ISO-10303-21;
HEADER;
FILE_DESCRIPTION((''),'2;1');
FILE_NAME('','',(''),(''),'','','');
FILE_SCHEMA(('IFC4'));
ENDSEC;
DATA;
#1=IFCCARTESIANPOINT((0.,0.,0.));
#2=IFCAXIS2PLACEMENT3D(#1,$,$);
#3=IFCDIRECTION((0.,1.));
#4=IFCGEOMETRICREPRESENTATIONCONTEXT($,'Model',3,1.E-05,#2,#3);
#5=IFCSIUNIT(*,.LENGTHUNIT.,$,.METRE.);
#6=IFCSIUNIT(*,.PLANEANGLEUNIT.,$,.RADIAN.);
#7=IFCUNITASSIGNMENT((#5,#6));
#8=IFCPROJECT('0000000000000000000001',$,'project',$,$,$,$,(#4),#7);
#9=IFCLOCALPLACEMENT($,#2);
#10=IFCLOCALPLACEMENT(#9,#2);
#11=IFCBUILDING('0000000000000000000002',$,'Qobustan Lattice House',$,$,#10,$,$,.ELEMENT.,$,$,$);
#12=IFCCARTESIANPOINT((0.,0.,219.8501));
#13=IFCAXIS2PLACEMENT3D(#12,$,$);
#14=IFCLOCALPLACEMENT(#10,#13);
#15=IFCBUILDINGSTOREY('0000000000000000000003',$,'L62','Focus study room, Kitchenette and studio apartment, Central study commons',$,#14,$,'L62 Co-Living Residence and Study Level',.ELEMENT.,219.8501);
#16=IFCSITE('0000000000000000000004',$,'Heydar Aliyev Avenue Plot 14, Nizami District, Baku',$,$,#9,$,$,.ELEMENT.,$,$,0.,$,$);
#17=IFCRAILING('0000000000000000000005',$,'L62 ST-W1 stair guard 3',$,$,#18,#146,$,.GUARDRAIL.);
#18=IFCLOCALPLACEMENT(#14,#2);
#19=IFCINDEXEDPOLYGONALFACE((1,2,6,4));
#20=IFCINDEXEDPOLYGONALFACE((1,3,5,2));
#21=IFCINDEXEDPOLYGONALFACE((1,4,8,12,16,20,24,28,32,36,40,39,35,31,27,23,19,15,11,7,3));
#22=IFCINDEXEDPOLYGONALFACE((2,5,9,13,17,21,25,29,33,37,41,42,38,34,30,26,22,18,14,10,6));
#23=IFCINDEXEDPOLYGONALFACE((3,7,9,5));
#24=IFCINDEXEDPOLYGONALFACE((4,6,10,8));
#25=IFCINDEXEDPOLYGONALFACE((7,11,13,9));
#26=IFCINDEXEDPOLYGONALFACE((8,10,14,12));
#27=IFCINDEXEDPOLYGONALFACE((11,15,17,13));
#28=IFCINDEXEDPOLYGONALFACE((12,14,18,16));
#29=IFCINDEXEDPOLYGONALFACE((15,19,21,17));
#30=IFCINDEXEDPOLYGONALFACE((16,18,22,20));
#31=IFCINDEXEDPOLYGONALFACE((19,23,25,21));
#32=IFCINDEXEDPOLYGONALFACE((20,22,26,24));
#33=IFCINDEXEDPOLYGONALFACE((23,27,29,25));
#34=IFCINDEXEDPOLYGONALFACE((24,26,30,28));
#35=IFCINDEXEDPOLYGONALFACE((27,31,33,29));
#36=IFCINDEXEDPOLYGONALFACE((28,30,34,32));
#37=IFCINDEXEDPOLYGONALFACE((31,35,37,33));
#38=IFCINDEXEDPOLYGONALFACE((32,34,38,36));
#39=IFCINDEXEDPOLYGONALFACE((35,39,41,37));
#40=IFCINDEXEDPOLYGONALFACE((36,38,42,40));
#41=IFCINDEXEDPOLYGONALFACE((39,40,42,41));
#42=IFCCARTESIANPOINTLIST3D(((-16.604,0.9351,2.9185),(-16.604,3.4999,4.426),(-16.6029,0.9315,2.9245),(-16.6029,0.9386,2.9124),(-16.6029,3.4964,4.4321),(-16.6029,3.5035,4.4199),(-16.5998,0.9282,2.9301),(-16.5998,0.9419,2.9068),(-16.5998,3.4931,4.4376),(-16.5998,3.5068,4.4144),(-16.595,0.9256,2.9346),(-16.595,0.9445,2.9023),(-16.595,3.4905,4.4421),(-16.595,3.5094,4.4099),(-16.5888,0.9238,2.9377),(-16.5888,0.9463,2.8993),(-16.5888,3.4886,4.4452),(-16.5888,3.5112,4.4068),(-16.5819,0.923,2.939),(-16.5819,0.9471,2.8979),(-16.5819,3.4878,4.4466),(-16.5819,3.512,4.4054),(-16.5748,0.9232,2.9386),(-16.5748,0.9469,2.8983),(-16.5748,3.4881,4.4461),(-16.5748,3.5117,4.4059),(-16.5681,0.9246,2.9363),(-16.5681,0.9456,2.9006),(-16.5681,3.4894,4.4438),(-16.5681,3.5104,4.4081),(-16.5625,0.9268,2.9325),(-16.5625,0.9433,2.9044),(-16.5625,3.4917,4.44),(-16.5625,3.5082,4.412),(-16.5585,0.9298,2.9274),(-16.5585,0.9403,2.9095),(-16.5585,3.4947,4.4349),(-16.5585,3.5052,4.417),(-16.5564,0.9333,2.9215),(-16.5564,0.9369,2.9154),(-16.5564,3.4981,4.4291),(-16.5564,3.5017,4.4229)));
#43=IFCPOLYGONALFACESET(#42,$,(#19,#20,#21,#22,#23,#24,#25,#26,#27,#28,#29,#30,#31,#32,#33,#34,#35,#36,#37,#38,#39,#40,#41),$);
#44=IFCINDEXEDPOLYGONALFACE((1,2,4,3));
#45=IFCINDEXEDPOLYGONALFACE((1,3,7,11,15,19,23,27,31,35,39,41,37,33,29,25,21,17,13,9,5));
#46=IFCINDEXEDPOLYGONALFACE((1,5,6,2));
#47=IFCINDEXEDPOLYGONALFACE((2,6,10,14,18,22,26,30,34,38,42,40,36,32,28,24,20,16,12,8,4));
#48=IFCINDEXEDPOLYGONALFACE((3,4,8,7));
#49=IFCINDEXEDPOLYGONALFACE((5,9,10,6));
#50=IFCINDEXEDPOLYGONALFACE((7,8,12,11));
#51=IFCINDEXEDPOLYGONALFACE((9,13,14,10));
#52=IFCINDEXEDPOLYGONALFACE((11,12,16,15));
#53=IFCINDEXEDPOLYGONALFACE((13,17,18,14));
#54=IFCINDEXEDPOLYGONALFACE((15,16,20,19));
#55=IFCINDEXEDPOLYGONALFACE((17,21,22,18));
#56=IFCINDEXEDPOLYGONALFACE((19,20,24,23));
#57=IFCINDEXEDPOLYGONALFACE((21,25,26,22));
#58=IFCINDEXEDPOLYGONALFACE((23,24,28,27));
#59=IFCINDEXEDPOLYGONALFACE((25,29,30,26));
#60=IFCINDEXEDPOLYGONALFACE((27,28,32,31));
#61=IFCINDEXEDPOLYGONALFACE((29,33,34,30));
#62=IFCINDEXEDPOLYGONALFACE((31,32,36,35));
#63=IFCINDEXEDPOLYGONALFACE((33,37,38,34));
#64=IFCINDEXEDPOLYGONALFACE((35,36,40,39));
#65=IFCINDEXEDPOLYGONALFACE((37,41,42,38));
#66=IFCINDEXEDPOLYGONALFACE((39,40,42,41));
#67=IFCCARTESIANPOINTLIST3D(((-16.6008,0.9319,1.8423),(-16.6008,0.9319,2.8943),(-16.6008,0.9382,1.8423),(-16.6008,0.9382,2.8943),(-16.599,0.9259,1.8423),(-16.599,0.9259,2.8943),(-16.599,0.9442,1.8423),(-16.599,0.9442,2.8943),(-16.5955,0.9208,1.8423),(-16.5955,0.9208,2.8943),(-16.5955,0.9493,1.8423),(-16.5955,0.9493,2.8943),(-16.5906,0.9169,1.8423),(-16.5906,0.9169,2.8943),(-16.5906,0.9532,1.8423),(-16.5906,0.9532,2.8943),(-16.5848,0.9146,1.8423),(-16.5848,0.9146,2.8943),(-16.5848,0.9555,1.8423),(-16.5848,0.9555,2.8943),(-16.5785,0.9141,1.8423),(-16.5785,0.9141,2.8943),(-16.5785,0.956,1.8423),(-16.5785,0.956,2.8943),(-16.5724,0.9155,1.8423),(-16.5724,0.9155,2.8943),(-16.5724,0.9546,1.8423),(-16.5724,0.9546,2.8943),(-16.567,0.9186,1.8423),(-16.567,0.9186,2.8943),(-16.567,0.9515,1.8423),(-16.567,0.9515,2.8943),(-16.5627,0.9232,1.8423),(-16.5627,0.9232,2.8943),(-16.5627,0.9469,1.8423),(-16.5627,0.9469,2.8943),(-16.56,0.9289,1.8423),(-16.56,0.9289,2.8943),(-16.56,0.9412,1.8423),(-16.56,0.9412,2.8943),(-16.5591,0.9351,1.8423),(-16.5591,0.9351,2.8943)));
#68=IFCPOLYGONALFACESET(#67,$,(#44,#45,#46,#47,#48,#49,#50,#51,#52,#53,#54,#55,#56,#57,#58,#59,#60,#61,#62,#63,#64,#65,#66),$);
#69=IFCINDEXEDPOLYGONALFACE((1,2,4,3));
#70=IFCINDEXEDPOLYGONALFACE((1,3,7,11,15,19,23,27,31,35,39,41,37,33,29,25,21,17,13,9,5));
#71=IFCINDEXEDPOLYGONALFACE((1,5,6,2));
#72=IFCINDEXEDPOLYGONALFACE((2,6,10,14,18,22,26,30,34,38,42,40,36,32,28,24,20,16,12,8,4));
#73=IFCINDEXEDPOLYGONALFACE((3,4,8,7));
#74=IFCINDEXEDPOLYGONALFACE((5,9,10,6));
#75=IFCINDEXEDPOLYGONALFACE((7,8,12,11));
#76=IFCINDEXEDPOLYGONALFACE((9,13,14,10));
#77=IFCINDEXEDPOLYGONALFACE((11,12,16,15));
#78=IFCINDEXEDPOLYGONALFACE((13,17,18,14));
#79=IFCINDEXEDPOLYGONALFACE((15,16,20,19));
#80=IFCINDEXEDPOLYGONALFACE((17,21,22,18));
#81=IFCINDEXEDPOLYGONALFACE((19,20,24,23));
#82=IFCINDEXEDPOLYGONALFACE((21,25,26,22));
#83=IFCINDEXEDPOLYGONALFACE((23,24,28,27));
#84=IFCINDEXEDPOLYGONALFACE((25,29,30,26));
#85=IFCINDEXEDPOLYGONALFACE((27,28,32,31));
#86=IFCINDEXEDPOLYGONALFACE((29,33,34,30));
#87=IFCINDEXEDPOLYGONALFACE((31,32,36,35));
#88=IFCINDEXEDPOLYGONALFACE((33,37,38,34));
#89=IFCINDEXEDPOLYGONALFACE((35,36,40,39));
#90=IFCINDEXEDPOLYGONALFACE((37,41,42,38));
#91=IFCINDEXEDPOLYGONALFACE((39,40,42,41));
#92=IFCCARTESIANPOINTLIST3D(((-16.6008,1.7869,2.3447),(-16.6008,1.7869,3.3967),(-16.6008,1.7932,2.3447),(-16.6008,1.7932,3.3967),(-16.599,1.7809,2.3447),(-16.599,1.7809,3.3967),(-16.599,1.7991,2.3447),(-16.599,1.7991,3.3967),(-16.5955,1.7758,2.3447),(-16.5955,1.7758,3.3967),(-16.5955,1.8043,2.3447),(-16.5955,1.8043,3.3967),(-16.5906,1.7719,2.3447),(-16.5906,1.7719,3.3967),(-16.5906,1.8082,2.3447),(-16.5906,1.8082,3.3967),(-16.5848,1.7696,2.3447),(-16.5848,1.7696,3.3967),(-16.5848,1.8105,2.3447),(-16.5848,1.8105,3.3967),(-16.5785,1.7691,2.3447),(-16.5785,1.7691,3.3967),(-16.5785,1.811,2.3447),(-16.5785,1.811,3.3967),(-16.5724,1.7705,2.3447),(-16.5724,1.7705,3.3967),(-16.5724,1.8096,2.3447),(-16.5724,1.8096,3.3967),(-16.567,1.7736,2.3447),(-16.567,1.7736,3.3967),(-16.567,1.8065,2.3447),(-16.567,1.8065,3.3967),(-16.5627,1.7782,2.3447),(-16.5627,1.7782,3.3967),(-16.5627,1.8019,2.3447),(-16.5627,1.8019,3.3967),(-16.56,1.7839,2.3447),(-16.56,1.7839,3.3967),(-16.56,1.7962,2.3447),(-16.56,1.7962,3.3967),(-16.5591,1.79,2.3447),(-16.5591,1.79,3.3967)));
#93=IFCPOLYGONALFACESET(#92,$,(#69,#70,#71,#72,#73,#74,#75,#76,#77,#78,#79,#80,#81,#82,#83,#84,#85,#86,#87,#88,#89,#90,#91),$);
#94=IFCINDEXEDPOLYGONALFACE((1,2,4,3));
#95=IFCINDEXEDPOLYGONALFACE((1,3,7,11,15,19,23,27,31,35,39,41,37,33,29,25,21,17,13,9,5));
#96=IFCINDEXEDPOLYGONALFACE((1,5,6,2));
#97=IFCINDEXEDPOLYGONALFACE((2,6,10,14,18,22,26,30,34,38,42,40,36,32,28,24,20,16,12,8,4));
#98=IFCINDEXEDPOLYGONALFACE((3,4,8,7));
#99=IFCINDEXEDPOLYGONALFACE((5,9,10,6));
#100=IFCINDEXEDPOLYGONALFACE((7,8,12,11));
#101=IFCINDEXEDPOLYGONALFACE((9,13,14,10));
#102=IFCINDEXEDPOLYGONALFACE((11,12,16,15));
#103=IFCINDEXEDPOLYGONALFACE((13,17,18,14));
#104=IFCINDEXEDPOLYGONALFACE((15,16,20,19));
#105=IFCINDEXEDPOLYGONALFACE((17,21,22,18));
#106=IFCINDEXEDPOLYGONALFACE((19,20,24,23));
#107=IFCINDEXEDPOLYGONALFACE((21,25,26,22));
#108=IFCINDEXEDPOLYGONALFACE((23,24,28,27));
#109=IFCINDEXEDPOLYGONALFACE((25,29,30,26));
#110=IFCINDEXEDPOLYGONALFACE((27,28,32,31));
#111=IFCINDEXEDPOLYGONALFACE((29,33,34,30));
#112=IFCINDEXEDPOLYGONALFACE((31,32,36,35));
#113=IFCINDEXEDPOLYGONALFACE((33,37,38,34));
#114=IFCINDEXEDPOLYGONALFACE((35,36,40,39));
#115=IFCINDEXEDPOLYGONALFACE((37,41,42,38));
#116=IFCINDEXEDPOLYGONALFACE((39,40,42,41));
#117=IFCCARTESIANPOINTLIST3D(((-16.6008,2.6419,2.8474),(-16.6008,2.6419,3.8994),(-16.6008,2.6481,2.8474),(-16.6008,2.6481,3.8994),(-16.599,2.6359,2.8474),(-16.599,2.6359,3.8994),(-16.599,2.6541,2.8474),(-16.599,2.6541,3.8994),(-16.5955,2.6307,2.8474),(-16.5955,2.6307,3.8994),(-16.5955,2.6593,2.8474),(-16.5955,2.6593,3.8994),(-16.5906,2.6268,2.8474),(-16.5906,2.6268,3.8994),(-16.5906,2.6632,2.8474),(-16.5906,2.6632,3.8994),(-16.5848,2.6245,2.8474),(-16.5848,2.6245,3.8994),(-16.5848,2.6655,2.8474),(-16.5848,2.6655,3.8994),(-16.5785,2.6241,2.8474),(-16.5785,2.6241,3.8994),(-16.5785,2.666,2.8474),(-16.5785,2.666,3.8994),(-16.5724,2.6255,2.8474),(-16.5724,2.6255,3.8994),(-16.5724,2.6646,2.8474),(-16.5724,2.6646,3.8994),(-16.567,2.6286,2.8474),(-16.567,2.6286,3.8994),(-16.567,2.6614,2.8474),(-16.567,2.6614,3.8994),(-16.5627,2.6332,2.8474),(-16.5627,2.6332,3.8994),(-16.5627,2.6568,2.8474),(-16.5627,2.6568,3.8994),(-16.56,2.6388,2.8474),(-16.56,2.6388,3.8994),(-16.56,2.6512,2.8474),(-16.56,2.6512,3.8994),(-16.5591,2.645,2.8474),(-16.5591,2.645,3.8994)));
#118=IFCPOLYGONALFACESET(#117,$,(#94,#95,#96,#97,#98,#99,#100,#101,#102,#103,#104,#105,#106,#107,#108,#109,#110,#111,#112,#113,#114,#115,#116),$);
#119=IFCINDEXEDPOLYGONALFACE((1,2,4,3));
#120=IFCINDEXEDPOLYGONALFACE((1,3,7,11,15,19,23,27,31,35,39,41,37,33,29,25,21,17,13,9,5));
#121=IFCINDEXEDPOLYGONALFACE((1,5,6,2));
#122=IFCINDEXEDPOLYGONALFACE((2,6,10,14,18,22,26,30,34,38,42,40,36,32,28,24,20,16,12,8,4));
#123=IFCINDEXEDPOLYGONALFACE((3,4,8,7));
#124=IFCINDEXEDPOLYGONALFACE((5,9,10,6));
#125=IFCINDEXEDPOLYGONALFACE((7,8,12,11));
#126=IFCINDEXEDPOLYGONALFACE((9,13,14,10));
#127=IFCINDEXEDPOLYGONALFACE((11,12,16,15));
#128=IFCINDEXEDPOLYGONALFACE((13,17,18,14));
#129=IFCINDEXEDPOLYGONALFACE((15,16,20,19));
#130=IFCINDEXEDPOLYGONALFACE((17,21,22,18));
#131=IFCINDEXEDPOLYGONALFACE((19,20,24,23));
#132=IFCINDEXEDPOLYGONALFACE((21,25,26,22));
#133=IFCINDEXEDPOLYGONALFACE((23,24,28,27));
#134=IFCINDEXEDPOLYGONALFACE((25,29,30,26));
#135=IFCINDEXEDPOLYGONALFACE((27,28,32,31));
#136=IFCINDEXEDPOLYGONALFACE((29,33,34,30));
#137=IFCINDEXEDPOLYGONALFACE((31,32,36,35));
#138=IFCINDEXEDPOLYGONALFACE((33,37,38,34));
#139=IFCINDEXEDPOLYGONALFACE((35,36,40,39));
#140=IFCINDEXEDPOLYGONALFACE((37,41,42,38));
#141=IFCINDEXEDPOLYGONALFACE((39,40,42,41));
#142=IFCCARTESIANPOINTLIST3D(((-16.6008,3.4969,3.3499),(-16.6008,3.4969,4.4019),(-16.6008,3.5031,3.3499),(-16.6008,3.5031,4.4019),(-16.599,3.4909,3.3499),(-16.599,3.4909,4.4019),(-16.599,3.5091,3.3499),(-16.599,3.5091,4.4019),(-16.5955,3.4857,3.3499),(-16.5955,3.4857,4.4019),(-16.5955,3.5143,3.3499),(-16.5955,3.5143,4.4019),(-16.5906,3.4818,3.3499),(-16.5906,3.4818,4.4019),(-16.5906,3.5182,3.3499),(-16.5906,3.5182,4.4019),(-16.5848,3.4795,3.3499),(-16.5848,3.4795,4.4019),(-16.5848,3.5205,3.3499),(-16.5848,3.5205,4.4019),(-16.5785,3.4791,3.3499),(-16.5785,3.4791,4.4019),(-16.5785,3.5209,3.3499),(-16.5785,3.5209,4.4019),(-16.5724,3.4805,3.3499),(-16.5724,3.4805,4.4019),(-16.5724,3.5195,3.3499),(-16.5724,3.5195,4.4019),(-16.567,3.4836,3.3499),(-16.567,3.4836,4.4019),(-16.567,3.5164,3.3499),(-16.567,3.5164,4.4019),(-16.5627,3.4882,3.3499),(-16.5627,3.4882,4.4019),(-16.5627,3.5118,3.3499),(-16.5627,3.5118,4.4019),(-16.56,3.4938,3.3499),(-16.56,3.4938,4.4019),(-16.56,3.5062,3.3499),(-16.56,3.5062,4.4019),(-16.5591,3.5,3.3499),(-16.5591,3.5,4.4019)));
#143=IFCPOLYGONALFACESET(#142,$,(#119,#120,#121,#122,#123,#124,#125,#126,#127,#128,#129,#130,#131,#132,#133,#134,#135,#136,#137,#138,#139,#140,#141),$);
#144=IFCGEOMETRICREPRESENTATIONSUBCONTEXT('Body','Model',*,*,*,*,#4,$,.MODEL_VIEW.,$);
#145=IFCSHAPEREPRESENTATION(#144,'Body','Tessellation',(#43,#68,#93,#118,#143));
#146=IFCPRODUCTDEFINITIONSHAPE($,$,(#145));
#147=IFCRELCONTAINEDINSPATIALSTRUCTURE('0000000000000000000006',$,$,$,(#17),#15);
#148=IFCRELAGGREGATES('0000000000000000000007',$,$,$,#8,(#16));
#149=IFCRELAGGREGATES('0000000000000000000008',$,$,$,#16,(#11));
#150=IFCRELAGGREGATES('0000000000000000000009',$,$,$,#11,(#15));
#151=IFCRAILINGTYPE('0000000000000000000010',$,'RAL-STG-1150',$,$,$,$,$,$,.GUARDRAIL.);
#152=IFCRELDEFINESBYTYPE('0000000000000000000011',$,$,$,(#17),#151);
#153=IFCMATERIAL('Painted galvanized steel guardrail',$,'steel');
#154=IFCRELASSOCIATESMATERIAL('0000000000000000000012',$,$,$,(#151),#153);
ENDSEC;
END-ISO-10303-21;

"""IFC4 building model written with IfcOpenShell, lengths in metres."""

from ifc_helpers import new_model, si_unit, direction, frame, origin, origin_2d, place, context, subcontext, project, spatial, circle, extrude, material, type_object, element, save


model = new_model("IFC4")

# Units and contexts
model_context = context("Model", 3, precision=1e-05, world=origin(), true_north=direction((0.0, 1.0)))
body_context = subcontext(model_context, "Body", "Model", "MODEL_VIEW")
ifc_project = project(units=[si_unit("LENGTHUNIT", "METRE"), si_unit("PLANEANGLEUNIT", "RADIAN")], contexts=[model_context])

# Site, building, storey
site_placement = place(None, origin())
site = spatial("IfcSite", under=ifc_project, at=site_placement, Name="Heydar Aliyev Avenue Plot 14, Nizami District, Baku", CompositionType="ELEMENT", RefElevation=0.0)
building_placement = place(site_placement, origin())
building = spatial("IfcBuilding", under=site, at=building_placement, Name="Qobustan Lattice House", CompositionType="ELEMENT")
storey_placement = place(building_placement, frame((0.0, 0.0, 219.8501)))
storey = spatial("IfcBuildingStorey", under=building, at=storey_placement, Name="L62", Description="Focus study room, Kitchenette and studio apartment, Central study commons", LongName="L62 Co-Living Residence and Study Level", CompositionType="ELEMENT", Elevation=219.8501)

# Railing
ifc_material_1 = material(Name="Painted galvanized steel guardrail", Category="steel")
railing_type_1 = type_object("IfcRailingType", Name="RAL-STG-1150", PredefinedType="GUARDRAIL", material=ifc_material_1)
railing_1_placement = place(storey_placement, frame((-16.5801, 0.9351, 1.8423)))
element("IfcRailing", 1, at=railing_1_placement, inside=storey, type_object=railing_type_1, Name="L62 ST-W1 stair guard 3", PredefinedType="GUARDRAIL", context=body_context, shape_type="SweptSolid", body=[
    extrude(circle(Radius=0.0239, at=origin_2d()), frame((0.0, 0.0, 1.0762), z_axis=(0.0, 0.862113, 0.506715), x_axis=(-1.0, 0.0, 0.0)), (0.0, 0.0, 1.0), 2.9751),
    extrude(circle(Radius=0.021, at=origin_2d()), origin(), (0.0, 0.0, 1.0), 1.052),
    extrude(circle(Radius=0.021, at=origin_2d()), frame((0.0, 0.855, 0.5024)), (0.0, 0.0, 1.0), 1.052),
    extrude(circle(Radius=0.021, at=origin_2d()), frame((0.0, 1.71, 1.0051)), (0.0, 0.0, 1.0), 1.052),
    extrude(circle(Radius=0.021, at=origin_2d()), frame((0.0, 2.5649, 1.5076)), (0.0, 0.0, 1.0), 1.052),
])

save(model, "model.ifc")
